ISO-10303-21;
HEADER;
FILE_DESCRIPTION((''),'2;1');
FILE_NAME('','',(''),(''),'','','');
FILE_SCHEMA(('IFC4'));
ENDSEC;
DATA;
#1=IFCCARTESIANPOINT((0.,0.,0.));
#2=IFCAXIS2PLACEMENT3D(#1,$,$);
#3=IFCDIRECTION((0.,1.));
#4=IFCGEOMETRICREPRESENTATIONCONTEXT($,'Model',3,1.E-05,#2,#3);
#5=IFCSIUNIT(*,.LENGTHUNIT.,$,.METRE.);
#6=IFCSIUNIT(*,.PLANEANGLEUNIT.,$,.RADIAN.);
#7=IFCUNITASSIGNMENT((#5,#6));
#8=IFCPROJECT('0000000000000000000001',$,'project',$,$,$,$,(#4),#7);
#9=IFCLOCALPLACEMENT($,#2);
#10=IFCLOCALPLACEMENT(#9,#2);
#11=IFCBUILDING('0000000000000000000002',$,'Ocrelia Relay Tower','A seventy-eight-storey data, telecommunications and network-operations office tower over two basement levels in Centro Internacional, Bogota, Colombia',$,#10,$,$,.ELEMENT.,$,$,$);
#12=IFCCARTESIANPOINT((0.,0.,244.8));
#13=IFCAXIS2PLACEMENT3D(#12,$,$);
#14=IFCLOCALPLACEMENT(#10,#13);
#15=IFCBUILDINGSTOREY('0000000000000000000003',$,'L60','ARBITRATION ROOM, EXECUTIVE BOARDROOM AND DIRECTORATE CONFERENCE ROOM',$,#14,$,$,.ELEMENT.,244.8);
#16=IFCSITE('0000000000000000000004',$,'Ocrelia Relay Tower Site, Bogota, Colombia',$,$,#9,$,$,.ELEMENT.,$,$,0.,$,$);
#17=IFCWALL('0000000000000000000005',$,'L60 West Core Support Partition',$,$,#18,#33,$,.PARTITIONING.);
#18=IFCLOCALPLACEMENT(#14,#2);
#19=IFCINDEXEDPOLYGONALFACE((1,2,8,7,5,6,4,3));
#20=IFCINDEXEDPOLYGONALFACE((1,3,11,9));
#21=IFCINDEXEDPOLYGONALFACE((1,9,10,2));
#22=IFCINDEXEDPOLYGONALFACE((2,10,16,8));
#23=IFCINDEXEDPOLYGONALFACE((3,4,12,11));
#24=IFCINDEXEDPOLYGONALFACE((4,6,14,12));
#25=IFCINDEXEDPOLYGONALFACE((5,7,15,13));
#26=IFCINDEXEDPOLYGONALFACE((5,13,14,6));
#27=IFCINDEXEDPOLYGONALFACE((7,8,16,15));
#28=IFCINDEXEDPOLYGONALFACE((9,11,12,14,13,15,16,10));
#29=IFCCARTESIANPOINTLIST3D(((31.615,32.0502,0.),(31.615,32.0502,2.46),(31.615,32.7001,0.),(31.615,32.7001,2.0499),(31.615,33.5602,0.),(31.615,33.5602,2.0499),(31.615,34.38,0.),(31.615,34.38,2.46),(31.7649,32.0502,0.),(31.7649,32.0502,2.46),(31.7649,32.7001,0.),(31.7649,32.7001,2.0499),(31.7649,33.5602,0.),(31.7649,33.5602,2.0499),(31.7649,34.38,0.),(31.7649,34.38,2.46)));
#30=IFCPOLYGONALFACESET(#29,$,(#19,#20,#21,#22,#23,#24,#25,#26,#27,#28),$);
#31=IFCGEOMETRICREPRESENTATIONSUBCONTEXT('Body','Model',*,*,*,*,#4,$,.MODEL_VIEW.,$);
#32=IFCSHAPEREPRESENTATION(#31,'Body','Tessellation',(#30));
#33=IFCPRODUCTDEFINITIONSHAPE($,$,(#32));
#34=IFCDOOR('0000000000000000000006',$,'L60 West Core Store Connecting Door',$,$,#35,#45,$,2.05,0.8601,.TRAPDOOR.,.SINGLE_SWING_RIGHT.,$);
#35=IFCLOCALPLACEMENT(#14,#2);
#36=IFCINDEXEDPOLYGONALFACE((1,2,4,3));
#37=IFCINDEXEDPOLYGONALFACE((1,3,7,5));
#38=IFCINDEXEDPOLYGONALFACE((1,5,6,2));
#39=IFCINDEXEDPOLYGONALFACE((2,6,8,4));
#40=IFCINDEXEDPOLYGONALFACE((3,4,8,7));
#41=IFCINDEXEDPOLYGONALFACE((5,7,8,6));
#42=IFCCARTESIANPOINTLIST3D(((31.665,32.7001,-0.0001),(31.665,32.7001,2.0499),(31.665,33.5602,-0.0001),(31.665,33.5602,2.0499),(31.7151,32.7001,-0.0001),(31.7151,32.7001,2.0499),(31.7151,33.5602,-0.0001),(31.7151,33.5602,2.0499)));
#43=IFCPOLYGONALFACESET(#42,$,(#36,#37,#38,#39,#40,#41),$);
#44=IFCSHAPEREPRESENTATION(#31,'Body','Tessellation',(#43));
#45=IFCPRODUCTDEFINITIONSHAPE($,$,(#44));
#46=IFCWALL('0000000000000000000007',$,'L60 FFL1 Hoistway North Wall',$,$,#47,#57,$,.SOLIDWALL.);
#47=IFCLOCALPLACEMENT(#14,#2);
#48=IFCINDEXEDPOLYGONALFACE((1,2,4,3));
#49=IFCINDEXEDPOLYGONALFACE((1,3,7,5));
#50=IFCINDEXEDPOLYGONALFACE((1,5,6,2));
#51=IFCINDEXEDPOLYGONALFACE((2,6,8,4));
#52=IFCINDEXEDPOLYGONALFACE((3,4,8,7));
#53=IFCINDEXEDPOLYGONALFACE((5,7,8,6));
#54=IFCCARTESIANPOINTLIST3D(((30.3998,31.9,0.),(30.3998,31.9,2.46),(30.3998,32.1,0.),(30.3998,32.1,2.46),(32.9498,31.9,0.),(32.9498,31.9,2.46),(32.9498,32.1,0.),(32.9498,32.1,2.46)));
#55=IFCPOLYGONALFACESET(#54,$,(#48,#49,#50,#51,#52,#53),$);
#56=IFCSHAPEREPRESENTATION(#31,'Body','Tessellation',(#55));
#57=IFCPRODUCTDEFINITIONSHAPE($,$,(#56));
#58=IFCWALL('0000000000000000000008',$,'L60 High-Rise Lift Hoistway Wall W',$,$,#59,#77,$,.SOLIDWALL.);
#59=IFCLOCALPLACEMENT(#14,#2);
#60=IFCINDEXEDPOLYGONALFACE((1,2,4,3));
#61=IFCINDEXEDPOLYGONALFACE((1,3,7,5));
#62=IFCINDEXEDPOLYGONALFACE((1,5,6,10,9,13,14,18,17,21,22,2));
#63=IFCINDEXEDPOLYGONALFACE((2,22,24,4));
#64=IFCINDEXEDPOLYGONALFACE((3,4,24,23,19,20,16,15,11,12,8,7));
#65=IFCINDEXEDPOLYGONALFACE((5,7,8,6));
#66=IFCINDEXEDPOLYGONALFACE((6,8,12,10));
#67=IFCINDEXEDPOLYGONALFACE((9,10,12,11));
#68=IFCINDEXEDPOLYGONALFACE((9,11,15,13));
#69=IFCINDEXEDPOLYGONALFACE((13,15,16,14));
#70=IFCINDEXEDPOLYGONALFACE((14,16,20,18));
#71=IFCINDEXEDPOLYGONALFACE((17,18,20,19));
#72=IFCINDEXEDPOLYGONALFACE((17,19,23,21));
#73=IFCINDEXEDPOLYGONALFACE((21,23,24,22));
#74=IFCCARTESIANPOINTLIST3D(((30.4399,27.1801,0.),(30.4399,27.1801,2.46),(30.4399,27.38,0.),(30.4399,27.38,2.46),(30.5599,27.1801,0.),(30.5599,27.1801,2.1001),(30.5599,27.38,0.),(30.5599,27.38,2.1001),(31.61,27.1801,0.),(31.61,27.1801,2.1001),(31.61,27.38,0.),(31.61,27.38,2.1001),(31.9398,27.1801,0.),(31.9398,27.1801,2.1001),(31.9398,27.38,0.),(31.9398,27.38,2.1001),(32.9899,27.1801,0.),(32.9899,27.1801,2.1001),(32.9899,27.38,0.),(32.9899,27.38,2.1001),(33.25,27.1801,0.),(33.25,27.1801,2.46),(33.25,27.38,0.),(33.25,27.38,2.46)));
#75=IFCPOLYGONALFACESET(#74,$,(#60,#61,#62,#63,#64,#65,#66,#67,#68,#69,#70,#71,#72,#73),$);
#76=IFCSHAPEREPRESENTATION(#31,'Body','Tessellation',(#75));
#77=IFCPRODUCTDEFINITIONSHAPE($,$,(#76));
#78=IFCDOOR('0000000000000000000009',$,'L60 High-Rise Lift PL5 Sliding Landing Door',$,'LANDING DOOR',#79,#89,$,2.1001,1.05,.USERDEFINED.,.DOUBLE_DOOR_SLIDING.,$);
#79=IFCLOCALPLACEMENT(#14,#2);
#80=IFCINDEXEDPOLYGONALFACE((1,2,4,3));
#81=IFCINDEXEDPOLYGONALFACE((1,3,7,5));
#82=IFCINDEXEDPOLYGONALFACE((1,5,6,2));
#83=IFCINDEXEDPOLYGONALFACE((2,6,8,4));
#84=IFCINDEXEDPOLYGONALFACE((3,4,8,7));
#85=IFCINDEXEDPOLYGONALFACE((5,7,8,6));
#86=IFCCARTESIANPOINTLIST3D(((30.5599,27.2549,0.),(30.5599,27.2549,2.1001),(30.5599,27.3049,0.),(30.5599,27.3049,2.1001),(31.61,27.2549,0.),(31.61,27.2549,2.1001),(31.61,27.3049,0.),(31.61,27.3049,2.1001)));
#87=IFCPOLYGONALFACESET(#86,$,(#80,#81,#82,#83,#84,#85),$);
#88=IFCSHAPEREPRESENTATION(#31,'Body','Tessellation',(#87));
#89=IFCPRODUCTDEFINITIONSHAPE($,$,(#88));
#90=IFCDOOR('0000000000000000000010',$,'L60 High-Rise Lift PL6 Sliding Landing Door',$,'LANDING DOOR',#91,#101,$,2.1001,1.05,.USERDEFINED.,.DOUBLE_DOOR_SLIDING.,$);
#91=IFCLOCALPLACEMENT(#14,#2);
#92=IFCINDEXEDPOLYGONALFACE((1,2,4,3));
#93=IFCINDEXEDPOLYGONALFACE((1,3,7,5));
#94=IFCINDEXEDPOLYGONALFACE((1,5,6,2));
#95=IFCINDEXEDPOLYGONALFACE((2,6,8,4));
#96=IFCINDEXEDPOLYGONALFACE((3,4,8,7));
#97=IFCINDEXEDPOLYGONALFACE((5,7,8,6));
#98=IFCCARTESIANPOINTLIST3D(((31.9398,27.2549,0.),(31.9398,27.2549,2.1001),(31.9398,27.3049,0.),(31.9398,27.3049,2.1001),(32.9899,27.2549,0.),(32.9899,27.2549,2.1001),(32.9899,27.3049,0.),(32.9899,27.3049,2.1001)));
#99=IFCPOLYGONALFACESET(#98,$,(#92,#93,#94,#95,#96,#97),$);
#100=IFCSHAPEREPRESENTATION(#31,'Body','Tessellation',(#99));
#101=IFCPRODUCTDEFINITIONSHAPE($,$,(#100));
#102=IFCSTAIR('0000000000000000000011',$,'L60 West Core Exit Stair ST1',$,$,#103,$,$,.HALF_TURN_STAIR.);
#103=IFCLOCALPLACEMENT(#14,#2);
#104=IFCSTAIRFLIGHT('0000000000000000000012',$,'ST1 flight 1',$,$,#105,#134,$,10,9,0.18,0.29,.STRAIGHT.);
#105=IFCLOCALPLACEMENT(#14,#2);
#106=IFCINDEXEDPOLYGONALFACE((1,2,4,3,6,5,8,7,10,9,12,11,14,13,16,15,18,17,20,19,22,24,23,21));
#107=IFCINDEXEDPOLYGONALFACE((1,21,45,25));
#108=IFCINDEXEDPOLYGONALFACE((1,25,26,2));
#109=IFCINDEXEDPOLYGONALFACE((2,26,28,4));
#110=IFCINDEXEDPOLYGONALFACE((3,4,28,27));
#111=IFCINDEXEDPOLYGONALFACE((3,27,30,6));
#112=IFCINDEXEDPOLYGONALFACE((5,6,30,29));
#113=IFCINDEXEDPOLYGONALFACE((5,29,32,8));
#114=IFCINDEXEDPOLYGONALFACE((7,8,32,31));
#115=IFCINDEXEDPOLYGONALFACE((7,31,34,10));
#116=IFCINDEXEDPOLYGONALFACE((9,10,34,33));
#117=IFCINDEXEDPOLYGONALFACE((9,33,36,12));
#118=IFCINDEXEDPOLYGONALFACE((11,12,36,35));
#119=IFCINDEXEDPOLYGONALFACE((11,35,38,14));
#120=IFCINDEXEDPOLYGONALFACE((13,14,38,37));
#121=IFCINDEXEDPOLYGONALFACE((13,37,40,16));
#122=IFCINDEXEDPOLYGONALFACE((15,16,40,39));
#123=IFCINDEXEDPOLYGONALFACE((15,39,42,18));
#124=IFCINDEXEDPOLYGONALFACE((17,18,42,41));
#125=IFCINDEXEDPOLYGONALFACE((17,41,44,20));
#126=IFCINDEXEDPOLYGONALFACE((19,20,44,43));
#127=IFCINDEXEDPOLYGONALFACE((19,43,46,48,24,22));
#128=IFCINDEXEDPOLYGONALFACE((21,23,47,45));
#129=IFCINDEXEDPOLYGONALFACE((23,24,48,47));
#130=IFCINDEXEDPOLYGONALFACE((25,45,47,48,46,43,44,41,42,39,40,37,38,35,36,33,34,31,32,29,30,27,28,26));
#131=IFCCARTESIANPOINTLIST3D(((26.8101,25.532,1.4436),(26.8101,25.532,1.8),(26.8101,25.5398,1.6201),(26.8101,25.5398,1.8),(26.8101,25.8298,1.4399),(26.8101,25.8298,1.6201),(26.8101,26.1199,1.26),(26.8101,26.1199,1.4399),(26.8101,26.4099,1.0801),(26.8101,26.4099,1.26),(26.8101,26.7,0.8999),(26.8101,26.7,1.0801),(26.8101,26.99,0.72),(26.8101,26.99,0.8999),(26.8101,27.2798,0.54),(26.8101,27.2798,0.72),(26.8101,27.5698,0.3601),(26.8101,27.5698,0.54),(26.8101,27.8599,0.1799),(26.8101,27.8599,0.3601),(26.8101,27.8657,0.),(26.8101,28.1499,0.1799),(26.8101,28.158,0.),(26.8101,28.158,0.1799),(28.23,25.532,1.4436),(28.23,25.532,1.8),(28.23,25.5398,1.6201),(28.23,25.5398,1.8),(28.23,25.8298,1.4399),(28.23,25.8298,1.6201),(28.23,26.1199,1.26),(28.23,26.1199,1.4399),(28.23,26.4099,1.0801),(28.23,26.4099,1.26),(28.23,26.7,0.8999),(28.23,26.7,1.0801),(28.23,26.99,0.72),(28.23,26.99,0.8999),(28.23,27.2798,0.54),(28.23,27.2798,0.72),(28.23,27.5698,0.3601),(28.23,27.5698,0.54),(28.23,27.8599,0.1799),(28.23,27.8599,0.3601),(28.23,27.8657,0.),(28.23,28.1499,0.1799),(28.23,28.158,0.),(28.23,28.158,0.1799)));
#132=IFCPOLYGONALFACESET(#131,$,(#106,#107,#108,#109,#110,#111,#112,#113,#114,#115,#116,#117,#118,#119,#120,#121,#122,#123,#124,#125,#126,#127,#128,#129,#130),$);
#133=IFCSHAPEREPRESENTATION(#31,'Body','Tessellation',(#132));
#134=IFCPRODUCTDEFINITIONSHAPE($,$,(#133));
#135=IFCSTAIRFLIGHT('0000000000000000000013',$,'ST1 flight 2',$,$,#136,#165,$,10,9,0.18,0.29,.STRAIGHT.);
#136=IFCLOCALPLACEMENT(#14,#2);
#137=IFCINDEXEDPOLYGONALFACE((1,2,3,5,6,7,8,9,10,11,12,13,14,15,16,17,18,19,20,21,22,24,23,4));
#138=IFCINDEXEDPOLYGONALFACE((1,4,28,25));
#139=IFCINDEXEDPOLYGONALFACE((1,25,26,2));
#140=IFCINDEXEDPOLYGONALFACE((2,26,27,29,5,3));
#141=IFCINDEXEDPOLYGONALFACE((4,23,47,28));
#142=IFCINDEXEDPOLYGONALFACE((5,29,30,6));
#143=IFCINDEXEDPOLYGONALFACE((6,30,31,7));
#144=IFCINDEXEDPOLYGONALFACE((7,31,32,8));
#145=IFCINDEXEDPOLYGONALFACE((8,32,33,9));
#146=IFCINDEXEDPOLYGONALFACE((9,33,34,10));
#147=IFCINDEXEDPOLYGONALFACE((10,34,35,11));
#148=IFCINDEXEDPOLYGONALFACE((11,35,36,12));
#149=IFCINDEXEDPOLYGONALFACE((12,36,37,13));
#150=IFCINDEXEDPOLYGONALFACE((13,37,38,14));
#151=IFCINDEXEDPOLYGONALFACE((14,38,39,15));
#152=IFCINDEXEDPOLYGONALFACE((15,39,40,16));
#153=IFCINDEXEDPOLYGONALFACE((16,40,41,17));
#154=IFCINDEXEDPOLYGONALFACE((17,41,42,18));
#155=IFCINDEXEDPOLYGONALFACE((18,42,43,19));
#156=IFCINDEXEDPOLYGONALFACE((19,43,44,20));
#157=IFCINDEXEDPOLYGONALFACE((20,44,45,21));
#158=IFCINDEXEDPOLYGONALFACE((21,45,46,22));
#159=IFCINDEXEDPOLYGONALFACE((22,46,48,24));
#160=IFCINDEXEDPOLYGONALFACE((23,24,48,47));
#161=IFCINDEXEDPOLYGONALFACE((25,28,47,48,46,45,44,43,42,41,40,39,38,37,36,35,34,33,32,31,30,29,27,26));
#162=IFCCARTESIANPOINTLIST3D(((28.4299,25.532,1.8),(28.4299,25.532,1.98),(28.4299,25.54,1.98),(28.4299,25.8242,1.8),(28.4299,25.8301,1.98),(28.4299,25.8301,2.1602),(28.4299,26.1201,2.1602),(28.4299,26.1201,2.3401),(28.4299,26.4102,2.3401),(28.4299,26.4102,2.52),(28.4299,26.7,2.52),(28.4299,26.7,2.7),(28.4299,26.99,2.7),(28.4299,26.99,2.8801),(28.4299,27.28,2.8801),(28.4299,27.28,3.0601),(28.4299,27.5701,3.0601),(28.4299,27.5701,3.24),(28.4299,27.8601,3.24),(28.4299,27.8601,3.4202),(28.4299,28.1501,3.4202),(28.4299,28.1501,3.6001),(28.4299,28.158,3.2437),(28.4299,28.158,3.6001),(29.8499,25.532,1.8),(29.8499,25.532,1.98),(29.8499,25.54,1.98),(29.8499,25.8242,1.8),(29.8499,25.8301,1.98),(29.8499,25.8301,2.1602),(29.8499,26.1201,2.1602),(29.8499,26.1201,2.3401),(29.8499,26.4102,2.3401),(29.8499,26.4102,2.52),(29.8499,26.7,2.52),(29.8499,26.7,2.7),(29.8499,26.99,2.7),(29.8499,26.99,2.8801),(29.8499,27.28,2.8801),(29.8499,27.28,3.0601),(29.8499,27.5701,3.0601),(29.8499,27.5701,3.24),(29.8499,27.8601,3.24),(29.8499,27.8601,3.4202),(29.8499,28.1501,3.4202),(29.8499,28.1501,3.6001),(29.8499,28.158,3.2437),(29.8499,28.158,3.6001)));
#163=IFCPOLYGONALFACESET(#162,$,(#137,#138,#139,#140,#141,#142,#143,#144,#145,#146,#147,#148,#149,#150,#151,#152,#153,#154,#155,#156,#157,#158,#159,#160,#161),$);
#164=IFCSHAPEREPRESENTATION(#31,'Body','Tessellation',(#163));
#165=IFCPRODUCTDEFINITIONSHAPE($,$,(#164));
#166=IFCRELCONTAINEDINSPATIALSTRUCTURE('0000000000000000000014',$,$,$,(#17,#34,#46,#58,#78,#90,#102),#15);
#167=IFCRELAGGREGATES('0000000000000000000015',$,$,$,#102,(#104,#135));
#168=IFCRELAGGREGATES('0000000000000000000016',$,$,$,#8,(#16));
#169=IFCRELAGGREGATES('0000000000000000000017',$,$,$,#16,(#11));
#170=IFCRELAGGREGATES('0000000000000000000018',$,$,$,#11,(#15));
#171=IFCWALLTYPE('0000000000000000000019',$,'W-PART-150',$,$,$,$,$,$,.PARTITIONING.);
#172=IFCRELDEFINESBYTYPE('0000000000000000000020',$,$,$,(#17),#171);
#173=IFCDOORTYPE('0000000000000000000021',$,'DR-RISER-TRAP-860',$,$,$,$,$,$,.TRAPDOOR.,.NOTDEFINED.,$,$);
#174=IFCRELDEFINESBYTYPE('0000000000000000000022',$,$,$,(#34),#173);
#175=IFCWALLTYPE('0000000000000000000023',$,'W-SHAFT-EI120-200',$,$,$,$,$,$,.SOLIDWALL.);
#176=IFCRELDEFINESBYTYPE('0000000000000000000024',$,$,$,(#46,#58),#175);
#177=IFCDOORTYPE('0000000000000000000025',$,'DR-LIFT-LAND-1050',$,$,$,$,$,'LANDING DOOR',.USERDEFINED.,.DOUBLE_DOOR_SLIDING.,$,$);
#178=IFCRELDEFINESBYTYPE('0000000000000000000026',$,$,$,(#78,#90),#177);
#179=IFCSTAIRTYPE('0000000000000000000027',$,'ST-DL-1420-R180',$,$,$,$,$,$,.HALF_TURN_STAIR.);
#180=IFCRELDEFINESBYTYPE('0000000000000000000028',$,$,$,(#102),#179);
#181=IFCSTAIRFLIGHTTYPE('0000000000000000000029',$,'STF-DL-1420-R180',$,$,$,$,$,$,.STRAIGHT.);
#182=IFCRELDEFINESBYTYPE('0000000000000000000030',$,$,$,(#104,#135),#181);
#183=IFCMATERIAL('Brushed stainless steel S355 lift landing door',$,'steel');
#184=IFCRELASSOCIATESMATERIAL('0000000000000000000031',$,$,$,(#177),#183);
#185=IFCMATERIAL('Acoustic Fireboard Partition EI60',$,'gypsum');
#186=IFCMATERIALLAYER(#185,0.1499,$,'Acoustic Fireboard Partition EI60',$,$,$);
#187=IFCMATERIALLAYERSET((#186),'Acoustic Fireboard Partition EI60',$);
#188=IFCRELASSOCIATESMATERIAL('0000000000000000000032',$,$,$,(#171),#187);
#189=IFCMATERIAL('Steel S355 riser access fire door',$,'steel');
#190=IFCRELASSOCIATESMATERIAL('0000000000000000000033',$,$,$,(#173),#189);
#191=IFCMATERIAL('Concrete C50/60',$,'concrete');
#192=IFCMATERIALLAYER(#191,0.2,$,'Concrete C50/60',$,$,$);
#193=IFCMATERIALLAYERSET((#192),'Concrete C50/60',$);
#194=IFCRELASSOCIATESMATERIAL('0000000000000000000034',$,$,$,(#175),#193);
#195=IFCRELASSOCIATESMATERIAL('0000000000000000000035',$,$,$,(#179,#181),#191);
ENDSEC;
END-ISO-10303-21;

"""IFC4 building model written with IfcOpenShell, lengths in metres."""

from ifc_helpers import new_model, si_unit, direction, frame, frame_2d, origin, place, context, subcontext, project, spatial, polyline, rectangle, outline, extrude, material, layer, layer_set, type_object, element, fill, aggregate, save


model = new_model("IFC4")

# Units and contexts
model_context = context("Model", 3, precision=1e-05, world=origin(), true_north=direction((0.0, 1.0)))
body_context = subcontext(model_context, "Body", "Model", "MODEL_VIEW")
ifc_project = project(units=[si_unit("LENGTHUNIT", "METRE"), si_unit("PLANEANGLEUNIT", "RADIAN")], contexts=[model_context])

# Site, building, storey
site_placement = place(None, origin())
site = spatial("IfcSite", under=ifc_project, at=site_placement, Name="Ocrelia Relay Tower Site, Bogota, Colombia", CompositionType="ELEMENT", RefElevation=0.0)
building_placement = place(site_placement, origin())
building = spatial("IfcBuilding", under=site, at=building_placement, Name="Ocrelia Relay Tower", Description="A seventy-eight-storey data, telecommunications and network-operations office tower over two basement levels in Centro Internacional, Bogota, Colombia", CompositionType="ELEMENT")
storey_placement = place(building_placement, frame((0.0, 0.0, 244.8)))
storey = spatial("IfcBuildingStorey", under=building, at=storey_placement, Name="L60", Description="ARBITRATION ROOM, EXECUTIVE BOARDROOM AND DIRECTORATE CONFERENCE ROOM", CompositionType="ELEMENT", Elevation=244.8)

# Shared definitions
ifc_material_1 = material(Name="Concrete C50/60", Category="concrete")

# Wall, opening, door
ifc_material_2 = material(Name="Brushed stainless steel S355 lift landing door", Category="steel")
door_type_1 = type_object("IfcDoorType", Name="DR-LIFT-LAND-1050", ElementType="LANDING DOOR", OperationType="DOUBLE_DOOR_SLIDING", PredefinedType="USERDEFINED", material=ifc_material_2)
ifc_material_3 = material(Name="Acoustic Fireboard Partition EI60", Category="gypsum")
ifc_layer_1 = layer(ifc_material_3, 0.1499, Name="Acoustic Fireboard Partition EI60")
ifc_layer_set_1 = layer_set([ifc_layer_1], Name="Acoustic Fireboard Partition EI60")
wall_type_1 = type_object("IfcWallType", Name="W-PART-150", PredefinedType="PARTITIONING", material=ifc_layer_set_1)
wall_1_placement = place(storey_placement, frame((31.6899, 32.05, 0.0), z_axis=(0.0, 0.0, 1.0), x_axis=(0.0, 1.0, 0.0)))
wall_1 = element("IfcWall", 1, at=wall_1_placement, inside=storey, type_object=wall_type_1, Name="L60 West Core Support Partition", PredefinedType="PARTITIONING", context=body_context, shape_type="SweptSolid", body=[
    extrude(rectangle(XDim=2.3298, YDim=0.1499, at=frame_2d((1.165, 0.0))), origin(), (0.0, 0.0, 1.0), 2.46),
])
opening_1_placement = place(wall_1_placement, frame((0.6499, 0.0, 0.0)))
opening_1 = element("IfcOpeningElement", 2, at=opening_1_placement, cuts=wall_1, PredefinedType="OPENING", context=body_context, shape_type="SweptSolid", body=[
    extrude(rectangle(XDim=0.8601, YDim=2.05, at=frame_2d((0.4302, 1.0249))), frame((0.0, 0.085, 0.0), z_axis=(0.0, -1.0, 0.0), x_axis=(1.0, 0.0, 0.0)), (0.0, 0.0, 1.0), 0.1699),
])
ifc_material_4 = material(Name="Steel S355 riser access fire door", Category="steel")
door_type_2 = type_object("IfcDoorType", Name="DR-RISER-TRAP-860", OperationType="NOTDEFINED", PredefinedType="TRAPDOOR", material=ifc_material_4)
door_1_placement = place(opening_1_placement, origin())
door_1 = element("IfcDoor", 3, at=door_1_placement, inside=storey, type_object=door_type_2, Name="L60 West Core Store Connecting Door", OperationType="SINGLE_SWING_RIGHT", OverallHeight=2.05, OverallWidth=0.8601, PredefinedType="TRAPDOOR", context=body_context, shape_type="SweptSolid", body=[
    extrude(rectangle(XDim=0.8601, YDim=2.05, at=frame_2d((0.4302, 1.0249))), frame((0.0, 0.0249, 0.0), z_axis=(0.0, -1.0, 0.0), x_axis=(1.0, 0.0, 0.0)), (0.0, 0.0, 1.0), 0.05),
])
fill(opening_1, door_1)

# Wall
ifc_layer_2 = layer(ifc_material_1, 0.2, Name="Concrete C50/60")
ifc_layer_set_2 = layer_set([ifc_layer_2], Name="Concrete C50/60")
wall_type_2 = type_object("IfcWallType", Name="W-SHAFT-EI120-200", PredefinedType="SOLIDWALL", material=ifc_layer_set_2)
wall_2_placement = place(storey_placement, frame((30.3999, 32.0, 0.0), z_axis=(0.0, 0.0, 1.0), x_axis=(1.0, 0.0, 0.0)))
element("IfcWall", 4, at=wall_2_placement, inside=storey, type_object=wall_type_2, Name="L60 FFL1 Hoistway North Wall", PredefinedType="SOLIDWALL", context=body_context, shape_type="SweptSolid", body=[
    extrude(rectangle(XDim=2.55, YDim=0.2, at=frame_2d((1.2749, 0.0))), origin(), (0.0, 0.0, 1.0), 2.46),
])

# Wall, openings, doors
wall_3_placement = place(storey_placement, frame((30.4399, 27.28, 0.0), z_axis=(0.0, 0.0, 1.0), x_axis=(1.0, 0.0, 0.0)))
wall_3 = element("IfcWall", 5, at=wall_3_placement, inside=storey, type_object=wall_type_2, Name="L60 High-Rise Lift Hoistway Wall W", PredefinedType="SOLIDWALL", context=body_context, shape_type="SweptSolid", body=[
    extrude(rectangle(XDim=2.8101, YDim=0.2, at=frame_2d((1.405, 0.0))), origin(), (0.0, 0.0, 1.0), 2.46),
])
opening_2_placement = place(wall_3_placement, frame((0.1201, 0.0, 0.0)))
opening_2 = element("IfcOpeningElement", 6, at=opening_2_placement, cuts=wall_3, PredefinedType="OPENING", context=body_context, shape_type="SweptSolid", body=[
    extrude(rectangle(XDim=1.05, YDim=2.1001, at=frame_2d((0.5249, 1.05))), frame((0.0, 0.1099, 0.0), z_axis=(0.0, -1.0, 0.0), x_axis=(1.0, 0.0, 0.0)), (0.0, 0.0, 1.0), 0.22),
])
opening_3_placement = place(wall_3_placement, frame((1.5, 0.0, 0.0)))
opening_3 = element("IfcOpeningElement", 7, at=opening_3_placement, cuts=wall_3, PredefinedType="OPENING", context=body_context, shape_type="SweptSolid", body=[
    extrude(rectangle(XDim=1.05, YDim=2.1001, at=frame_2d((0.5249, 1.05))), frame((0.0, 0.1099, 0.0), z_axis=(0.0, -1.0, 0.0), x_axis=(1.0, 0.0, 0.0)), (0.0, 0.0, 1.0), 0.22),
])
door_2_placement = place(opening_2_placement, origin())
door_2 = element("IfcDoor", 8, at=door_2_placement, inside=storey, type_object=door_type_1, Name="L60 High-Rise Lift PL5 Sliding Landing Door", ObjectType="LANDING DOOR", OperationType="DOUBLE_DOOR_SLIDING", OverallHeight=2.1001, OverallWidth=1.05, PredefinedType="USERDEFINED", context=body_context, shape_type="SweptSolid", body=[
    extrude(rectangle(XDim=1.05, YDim=2.1001, at=frame_2d((0.5249, 1.05))), frame((0.0, 0.0249, 0.0), z_axis=(0.0, -1.0, 0.0), x_axis=(1.0, 0.0, 0.0)), (0.0, 0.0, 1.0), 0.05),
])
fill(opening_2, door_2)
door_3_placement = place(opening_3_placement, origin())
door_3 = element("IfcDoor", 9, at=door_3_placement, inside=storey, type_object=door_type_1, Name="L60 High-Rise Lift PL6 Sliding Landing Door", ObjectType="LANDING DOOR", OperationType="DOUBLE_DOOR_SLIDING", OverallHeight=2.1001, OverallWidth=1.05, PredefinedType="USERDEFINED", context=body_context, shape_type="SweptSolid", body=[
    extrude(rectangle(XDim=1.05, YDim=2.1001, at=frame_2d((0.5249, 1.05))), frame((0.0, 0.0249, 0.0), z_axis=(0.0, -1.0, 0.0), x_axis=(1.0, 0.0, 0.0)), (0.0, 0.0, 1.0), 0.05),
])
fill(opening_3, door_3)

# Stair, stair flights
stair_type = type_object("IfcStairType", Name="ST-DL-1420-R180", PredefinedType="HALF_TURN_STAIR", material=ifc_material_1)
stair_placement = place(storey_placement, origin())
stair = element("IfcStair", 10, at=stair_placement, inside=storey, type_object=stair_type, Name="L60 West Core Exit Stair ST1", PredefinedType="HALF_TURN_STAIR")
stair_flight_type = type_object("IfcStairFlightType", Name="STF-DL-1420-R180", PredefinedType="STRAIGHT", material=ifc_material_1)
stair_flight_1_placement = place(storey_placement, frame((27.52, 28.1499, 0.0), z_axis=(0.0, 0.0, 1.0), x_axis=(0.0, -1.0, 0.0)))
stair_flight_1 = element("IfcStairFlight", 11, at=stair_flight_1_placement, type_object=stair_flight_type, Name="ST1 flight 1", NumberOfRisers=10, NumberOfTreads=9, PredefinedType="STRAIGHT", RiserHeight=0.18, TreadLength=0.29, context=body_context, shape_type="SweptSolid", body=[
    extrude(outline(polyline([(-0.0081, 0.0), (-0.0081, 0.1799), (0.0, 0.1799), (0.29, 0.1799), (0.29, 0.3601), (0.5801, 0.3601), (0.5801, 0.54), (0.8701, 0.54), (0.8701, 0.72), (1.1599, 0.72), (1.1599, 0.8999), (1.45, 0.8999), (1.45, 1.0801), (1.74, 1.0801), (1.74, 1.26), (2.03, 1.26), (2.03, 1.4399), (2.3201, 1.4399), (2.3201, 1.6201), (2.6101, 1.6201), (2.6101, 1.8), (2.6179, 1.8), (2.6179, 1.4436), (0.2842, 0.0), (-0.0081, 0.0)])), frame((0.0, 0.71, 0.0), z_axis=(0.0, -1.0, 0.0), x_axis=(1.0, 0.0, 0.0)), (0.0, 0.0, 1.0), 1.4199),
])
stair_flight_2_placement = place(storey_placement, frame((29.1399, 25.54, 1.8), z_axis=(0.0, 0.0, 1.0), x_axis=(0.0, 1.0, 0.0)))
stair_flight_2 = element("IfcStairFlight", 12, at=stair_flight_2_placement, type_object=stair_flight_type, Name="ST1 flight 2", NumberOfRisers=10, NumberOfTreads=9, PredefinedType="STRAIGHT", RiserHeight=0.18, TreadLength=0.29, context=body_context, shape_type="SweptSolid", body=[
    extrude(outline(polyline([(-0.0081, 0.0), (-0.0081, 0.1799), (0.0, 0.1799), (0.29, 0.1799), (0.29, 0.3601), (0.5801, 0.3601), (0.5801, 0.54), (0.8701, 0.54), (0.8701, 0.72), (1.1599, 0.72), (1.1599, 0.8999), (1.45, 0.8999), (1.45, 1.0801), (1.74, 1.0801), (1.74, 1.26), (2.03, 1.26), (2.03, 1.4399), (2.3201, 1.4399), (2.3201, 1.6201), (2.6101, 1.6201), (2.6101, 1.8), (2.6179, 1.8), (2.6179, 1.4436), (0.2842, 0.0), (-0.0081, 0.0)])), frame((0.0, 0.71, 0.0), z_axis=(0.0, -1.0, 0.0), x_axis=(1.0, 0.0, 0.0)), (0.0, 0.0, 1.0), 1.4199),
])
aggregate(stair, [stair_flight_1, stair_flight_2])

save(model, "model.ifc")
